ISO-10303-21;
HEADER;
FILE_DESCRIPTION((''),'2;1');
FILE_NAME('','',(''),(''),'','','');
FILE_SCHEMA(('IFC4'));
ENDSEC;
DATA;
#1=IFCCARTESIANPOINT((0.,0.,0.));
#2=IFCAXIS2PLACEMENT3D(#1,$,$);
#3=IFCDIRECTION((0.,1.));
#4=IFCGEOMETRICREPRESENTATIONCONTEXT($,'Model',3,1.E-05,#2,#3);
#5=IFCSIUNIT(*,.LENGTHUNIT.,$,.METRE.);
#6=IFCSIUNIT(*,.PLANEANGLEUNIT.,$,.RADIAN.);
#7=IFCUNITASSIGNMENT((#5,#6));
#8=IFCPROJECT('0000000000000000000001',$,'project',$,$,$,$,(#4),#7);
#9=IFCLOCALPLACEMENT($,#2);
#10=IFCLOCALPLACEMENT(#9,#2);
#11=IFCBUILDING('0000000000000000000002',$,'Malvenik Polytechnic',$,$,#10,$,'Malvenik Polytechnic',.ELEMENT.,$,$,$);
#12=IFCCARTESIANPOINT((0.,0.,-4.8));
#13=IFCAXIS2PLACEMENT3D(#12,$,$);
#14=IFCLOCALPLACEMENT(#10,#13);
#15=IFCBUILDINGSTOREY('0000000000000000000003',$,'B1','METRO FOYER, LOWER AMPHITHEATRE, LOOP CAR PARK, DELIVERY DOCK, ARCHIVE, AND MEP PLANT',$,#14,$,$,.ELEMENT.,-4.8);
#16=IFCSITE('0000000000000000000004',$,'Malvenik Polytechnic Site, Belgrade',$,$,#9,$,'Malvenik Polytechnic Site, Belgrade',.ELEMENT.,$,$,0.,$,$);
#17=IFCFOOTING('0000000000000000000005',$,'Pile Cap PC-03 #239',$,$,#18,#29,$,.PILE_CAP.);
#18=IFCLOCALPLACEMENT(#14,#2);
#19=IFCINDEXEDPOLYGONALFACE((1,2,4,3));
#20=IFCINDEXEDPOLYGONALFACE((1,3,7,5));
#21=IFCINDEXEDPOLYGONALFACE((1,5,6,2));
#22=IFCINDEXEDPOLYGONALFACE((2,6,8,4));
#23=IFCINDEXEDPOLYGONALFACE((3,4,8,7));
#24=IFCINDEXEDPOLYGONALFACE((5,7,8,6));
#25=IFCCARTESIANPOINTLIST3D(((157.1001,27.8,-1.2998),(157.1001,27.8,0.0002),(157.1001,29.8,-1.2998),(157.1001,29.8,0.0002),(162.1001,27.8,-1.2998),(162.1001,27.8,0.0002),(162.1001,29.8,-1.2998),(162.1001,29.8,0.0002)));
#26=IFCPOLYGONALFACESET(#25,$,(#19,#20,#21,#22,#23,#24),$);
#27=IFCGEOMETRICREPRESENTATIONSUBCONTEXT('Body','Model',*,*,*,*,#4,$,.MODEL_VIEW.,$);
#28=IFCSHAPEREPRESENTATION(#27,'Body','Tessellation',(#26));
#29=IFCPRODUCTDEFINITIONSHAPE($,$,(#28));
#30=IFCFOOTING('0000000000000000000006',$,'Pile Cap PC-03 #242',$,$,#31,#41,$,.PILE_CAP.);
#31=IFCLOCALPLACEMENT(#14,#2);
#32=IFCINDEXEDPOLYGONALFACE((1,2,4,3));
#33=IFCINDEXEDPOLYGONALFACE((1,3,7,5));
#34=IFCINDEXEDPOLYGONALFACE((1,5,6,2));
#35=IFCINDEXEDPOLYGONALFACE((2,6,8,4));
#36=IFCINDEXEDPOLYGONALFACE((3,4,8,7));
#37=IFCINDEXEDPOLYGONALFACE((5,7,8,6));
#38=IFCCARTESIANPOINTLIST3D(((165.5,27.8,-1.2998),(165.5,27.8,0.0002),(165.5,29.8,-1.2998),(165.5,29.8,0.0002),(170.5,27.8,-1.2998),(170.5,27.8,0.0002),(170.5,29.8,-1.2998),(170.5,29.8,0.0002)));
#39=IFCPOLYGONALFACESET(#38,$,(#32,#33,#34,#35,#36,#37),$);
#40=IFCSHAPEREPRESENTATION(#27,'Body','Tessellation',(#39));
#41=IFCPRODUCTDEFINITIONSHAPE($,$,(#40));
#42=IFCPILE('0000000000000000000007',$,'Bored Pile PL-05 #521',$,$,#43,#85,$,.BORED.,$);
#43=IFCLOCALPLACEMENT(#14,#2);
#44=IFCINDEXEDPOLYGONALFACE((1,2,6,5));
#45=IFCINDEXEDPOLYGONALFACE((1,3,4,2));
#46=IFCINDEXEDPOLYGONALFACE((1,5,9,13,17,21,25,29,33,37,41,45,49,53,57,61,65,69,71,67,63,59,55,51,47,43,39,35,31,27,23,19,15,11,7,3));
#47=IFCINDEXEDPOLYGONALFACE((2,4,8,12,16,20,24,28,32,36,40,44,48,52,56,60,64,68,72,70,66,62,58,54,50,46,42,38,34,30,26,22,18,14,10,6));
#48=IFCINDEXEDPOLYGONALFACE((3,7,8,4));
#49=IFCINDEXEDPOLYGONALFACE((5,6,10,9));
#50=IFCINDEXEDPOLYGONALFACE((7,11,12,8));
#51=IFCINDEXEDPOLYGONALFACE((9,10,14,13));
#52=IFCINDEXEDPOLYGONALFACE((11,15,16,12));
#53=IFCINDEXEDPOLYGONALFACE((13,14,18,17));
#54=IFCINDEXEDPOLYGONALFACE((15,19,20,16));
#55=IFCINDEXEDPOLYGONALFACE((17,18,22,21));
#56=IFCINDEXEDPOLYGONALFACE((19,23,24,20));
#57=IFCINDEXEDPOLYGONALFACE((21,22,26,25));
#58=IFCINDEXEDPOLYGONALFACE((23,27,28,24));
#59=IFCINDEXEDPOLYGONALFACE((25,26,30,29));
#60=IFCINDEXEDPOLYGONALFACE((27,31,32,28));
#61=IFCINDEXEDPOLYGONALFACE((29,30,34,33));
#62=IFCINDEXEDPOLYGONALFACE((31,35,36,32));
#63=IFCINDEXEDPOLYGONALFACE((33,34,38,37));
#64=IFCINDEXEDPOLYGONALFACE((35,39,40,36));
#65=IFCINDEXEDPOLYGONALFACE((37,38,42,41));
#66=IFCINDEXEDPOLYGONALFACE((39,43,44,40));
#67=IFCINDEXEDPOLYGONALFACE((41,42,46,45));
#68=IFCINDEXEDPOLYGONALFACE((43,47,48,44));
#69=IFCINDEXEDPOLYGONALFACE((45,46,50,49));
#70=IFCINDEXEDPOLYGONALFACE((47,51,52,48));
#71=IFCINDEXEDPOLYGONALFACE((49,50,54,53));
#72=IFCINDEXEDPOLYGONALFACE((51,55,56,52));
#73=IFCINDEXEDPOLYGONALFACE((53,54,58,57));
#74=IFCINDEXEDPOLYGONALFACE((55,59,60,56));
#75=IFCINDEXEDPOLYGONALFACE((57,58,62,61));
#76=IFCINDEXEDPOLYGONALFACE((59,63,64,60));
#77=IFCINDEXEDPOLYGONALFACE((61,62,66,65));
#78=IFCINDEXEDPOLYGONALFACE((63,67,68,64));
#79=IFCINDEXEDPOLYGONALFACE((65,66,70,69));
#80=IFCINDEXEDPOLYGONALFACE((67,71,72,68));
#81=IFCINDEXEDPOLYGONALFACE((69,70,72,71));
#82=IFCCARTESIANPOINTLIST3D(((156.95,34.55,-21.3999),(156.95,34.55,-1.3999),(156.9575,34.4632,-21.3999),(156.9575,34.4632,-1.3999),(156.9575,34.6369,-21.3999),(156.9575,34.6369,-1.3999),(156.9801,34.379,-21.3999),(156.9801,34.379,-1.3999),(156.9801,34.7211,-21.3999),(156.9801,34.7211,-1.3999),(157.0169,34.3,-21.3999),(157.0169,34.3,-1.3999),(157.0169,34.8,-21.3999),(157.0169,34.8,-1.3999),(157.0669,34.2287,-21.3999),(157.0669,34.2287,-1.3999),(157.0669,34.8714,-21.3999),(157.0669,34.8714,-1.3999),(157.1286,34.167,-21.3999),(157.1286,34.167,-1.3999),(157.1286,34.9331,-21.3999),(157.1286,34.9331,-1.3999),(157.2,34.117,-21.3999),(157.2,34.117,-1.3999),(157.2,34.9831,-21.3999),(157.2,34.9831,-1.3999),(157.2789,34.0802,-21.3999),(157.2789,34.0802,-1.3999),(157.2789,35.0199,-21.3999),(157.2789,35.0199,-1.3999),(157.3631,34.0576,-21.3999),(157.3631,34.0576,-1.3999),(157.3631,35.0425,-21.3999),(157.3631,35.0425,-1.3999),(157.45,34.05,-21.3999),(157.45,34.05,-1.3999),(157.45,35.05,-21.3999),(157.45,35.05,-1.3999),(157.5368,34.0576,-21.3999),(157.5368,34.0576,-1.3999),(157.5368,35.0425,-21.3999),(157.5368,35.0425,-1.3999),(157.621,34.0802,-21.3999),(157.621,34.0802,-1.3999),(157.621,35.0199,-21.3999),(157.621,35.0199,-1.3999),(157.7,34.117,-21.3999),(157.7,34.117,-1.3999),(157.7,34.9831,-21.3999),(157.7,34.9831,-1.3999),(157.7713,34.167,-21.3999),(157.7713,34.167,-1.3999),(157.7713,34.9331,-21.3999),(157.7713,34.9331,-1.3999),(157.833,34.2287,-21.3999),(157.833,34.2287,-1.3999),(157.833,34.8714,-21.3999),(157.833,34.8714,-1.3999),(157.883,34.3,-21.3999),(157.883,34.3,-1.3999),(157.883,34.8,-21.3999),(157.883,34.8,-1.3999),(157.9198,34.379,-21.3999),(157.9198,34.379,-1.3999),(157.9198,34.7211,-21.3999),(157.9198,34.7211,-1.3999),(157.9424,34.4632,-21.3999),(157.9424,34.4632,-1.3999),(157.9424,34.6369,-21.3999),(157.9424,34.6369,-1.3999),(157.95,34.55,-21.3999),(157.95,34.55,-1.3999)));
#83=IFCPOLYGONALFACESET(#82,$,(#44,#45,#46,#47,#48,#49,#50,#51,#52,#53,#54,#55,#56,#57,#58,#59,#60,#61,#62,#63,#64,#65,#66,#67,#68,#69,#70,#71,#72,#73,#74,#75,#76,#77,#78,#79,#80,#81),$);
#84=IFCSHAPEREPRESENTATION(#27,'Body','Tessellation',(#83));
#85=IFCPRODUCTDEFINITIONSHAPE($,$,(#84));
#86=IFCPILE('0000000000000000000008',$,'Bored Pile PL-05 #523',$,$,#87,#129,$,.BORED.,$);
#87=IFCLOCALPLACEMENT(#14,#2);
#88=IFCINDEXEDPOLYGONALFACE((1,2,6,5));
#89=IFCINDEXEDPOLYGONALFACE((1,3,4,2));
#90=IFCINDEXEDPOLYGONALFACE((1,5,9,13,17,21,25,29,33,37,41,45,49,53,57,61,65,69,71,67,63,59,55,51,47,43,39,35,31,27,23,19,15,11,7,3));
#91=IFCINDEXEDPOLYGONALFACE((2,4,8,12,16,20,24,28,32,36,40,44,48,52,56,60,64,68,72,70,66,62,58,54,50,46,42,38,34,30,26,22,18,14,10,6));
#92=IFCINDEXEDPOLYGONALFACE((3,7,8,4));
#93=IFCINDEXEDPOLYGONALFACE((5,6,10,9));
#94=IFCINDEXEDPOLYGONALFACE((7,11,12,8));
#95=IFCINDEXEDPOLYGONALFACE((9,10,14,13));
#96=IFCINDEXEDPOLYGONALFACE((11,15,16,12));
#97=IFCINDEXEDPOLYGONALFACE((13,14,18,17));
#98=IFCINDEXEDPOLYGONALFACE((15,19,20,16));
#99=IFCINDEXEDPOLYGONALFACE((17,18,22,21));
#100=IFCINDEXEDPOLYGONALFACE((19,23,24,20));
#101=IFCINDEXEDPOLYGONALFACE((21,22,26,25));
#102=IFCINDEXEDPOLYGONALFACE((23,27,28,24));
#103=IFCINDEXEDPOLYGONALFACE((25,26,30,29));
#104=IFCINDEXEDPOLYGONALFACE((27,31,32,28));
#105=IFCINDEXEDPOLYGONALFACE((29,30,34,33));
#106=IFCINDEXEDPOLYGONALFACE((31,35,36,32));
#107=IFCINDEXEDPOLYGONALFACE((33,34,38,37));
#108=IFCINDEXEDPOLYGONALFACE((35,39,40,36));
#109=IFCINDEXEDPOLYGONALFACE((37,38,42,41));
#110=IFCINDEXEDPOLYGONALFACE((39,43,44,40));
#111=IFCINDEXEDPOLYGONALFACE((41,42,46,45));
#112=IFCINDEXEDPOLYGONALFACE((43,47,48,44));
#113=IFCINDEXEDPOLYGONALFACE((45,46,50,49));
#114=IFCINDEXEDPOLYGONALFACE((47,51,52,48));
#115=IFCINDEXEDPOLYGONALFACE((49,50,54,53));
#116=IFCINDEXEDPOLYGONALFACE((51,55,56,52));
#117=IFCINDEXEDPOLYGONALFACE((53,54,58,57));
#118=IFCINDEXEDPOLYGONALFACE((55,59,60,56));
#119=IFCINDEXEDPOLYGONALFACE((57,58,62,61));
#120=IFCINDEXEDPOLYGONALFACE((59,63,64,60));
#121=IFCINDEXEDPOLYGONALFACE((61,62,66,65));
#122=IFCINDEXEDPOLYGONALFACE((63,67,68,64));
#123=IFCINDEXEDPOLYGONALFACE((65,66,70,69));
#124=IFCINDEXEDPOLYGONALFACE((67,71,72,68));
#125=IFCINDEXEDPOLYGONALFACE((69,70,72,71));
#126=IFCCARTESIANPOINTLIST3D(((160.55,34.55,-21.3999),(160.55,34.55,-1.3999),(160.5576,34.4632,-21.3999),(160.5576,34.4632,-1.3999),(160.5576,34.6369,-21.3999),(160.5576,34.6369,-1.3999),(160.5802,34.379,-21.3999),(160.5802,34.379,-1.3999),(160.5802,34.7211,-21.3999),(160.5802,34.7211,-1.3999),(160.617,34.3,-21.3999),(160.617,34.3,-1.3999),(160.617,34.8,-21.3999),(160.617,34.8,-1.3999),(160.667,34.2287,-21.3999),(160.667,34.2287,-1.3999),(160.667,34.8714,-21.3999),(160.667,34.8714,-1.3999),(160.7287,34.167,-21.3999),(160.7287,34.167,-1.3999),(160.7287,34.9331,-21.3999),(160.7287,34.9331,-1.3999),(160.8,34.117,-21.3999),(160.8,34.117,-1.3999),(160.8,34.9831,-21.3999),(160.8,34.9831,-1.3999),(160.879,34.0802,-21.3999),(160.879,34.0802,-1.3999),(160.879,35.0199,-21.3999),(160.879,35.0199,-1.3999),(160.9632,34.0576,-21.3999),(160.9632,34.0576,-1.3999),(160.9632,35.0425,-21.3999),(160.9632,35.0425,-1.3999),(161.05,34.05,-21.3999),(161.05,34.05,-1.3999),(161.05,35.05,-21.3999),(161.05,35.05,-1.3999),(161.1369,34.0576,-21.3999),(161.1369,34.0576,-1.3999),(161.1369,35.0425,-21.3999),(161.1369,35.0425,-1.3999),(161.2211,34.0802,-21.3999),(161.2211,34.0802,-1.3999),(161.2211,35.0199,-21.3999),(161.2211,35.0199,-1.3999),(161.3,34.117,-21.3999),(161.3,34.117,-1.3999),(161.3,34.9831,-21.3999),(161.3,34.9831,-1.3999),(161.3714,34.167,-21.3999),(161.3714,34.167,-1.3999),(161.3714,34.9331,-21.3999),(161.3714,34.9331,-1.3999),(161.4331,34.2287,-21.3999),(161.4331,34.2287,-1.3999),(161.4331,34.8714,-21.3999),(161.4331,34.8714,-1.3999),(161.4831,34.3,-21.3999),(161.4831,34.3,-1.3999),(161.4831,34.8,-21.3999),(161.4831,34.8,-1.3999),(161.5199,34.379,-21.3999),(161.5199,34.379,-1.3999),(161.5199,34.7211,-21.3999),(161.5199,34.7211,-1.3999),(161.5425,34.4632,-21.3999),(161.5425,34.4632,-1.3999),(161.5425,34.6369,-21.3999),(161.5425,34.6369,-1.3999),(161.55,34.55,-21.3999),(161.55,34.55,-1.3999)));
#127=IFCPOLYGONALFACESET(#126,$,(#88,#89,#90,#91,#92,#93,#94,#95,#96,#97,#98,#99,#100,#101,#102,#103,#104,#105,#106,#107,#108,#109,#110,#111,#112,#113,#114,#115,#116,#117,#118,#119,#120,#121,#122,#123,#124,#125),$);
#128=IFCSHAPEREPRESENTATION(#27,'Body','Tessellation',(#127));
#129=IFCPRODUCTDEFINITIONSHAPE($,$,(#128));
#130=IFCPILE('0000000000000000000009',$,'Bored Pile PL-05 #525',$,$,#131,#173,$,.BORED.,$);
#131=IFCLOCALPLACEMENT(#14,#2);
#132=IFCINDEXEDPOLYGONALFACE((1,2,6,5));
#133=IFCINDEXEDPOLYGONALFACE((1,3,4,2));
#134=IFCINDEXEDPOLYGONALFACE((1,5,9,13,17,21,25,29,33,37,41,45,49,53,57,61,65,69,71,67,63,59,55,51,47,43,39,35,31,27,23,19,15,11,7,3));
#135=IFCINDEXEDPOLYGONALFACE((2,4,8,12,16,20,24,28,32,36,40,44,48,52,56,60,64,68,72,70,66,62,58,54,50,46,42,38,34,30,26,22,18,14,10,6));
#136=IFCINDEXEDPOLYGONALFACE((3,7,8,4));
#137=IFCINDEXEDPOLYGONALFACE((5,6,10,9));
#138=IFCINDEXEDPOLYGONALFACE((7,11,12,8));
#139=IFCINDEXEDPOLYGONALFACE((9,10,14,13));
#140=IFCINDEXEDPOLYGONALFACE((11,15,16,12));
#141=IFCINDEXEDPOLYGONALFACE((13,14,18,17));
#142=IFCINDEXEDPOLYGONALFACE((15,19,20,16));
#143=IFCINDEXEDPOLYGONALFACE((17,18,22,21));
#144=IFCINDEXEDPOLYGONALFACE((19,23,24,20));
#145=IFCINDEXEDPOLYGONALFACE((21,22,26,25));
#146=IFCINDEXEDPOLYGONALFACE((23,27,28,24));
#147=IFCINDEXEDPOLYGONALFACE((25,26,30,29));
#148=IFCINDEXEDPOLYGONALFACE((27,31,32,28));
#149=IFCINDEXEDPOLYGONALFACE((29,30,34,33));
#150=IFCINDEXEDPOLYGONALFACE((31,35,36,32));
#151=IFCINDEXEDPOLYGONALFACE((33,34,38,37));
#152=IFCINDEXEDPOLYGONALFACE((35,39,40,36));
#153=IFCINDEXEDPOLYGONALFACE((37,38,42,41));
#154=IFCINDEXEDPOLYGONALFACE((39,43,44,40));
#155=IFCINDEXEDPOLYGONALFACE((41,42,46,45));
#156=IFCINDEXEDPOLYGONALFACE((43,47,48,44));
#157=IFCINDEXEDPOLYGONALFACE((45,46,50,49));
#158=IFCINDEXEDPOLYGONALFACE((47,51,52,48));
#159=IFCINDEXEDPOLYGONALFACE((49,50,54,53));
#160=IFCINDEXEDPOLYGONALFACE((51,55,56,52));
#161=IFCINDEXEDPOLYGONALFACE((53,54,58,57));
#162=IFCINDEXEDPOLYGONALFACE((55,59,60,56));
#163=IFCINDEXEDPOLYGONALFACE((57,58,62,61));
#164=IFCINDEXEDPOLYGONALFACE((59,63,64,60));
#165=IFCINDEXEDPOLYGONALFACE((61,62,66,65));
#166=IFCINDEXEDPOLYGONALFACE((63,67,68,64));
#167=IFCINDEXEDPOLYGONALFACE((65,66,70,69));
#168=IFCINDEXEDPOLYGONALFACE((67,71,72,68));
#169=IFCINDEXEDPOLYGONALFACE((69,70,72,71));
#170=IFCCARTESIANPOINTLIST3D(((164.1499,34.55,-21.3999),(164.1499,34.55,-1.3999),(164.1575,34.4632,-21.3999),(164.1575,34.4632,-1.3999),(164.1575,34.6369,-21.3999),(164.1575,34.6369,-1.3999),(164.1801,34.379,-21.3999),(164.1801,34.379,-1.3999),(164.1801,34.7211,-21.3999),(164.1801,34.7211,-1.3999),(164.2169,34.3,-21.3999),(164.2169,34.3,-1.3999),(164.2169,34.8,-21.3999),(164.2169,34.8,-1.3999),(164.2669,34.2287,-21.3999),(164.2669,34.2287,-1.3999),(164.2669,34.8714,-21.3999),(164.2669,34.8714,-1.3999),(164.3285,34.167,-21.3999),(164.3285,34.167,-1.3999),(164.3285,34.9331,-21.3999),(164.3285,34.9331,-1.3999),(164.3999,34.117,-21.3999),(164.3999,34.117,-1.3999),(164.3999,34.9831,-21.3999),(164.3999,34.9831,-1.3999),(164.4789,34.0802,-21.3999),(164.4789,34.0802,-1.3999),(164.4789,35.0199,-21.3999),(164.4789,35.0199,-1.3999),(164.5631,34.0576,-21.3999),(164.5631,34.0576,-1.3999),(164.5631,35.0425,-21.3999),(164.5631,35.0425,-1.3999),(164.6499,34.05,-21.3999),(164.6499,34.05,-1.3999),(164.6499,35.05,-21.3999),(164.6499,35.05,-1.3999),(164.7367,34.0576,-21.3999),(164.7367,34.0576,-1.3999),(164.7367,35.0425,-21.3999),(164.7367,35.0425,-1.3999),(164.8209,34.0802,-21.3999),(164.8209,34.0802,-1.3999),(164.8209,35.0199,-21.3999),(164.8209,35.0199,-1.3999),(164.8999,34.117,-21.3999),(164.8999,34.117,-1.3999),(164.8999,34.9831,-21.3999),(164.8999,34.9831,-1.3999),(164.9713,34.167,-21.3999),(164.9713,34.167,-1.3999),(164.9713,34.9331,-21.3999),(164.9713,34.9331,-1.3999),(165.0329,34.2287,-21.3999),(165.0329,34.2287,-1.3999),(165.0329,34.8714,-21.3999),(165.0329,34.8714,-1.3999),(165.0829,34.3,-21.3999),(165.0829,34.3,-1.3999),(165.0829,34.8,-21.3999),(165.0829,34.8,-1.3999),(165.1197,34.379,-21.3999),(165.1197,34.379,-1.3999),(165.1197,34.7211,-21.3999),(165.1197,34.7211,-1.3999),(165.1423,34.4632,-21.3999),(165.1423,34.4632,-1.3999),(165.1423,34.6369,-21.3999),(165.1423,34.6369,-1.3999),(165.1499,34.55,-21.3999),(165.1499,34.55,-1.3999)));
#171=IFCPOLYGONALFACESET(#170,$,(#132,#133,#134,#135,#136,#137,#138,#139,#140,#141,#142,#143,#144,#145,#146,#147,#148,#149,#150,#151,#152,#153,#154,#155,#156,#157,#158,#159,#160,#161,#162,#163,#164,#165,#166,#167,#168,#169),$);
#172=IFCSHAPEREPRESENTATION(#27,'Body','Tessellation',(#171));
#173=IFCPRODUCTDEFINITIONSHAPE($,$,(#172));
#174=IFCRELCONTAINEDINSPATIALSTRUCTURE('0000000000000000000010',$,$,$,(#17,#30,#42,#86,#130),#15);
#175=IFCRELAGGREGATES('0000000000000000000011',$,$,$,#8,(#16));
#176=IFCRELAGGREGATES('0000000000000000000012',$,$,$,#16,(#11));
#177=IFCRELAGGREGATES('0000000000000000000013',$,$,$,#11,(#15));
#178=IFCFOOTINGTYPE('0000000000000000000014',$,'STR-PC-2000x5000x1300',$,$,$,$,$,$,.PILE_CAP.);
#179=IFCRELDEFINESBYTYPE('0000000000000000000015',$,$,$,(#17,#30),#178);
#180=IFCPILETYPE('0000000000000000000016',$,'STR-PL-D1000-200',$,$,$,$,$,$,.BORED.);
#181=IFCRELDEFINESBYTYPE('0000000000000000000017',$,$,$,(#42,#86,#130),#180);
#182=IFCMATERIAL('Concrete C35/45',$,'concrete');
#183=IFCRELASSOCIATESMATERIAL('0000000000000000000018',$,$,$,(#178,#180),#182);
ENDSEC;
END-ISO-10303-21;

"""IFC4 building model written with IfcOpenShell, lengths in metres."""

from ifc_helpers import new_model, si_unit, direction, frame, origin, origin_2d, place, context, subcontext, project, spatial, rectangle, circle, extrude, material, material_profile, profile_set, type_object, element, save


model = new_model("IFC4")

# Units and contexts
model_context = context("Model", 3, precision=1e-05, world=origin(), true_north=direction((0.0, 1.0)))
body_context = subcontext(model_context, "Body", "Model", "MODEL_VIEW")
ifc_project = project(units=[si_unit("LENGTHUNIT", "METRE"), si_unit("PLANEANGLEUNIT", "RADIAN")], contexts=[model_context])

# Site, building, storey
site_placement = place(None, origin())
site = spatial("IfcSite", under=ifc_project, at=site_placement, Name="Malvenik Polytechnic Site, Belgrade", LongName="Malvenik Polytechnic Site, Belgrade", CompositionType="ELEMENT", RefElevation=0.0)
building_placement = place(site_placement, origin())
building = spatial("IfcBuilding", under=site, at=building_placement, Name="Malvenik Polytechnic", LongName="Malvenik Polytechnic", CompositionType="ELEMENT")
storey_placement = place(building_placement, frame((0.0, 0.0, -4.8)))
storey = spatial("IfcBuildingStorey", under=building, at=storey_placement, Name="B1", Description="METRO FOYER, LOWER AMPHITHEATRE, LOOP CAR PARK, DELIVERY DOCK, ARCHIVE, AND MEP PLANT", CompositionType="ELEMENT", Elevation=-4.8)

# Footings
ifc_material_1 = material(Name="Concrete C35/45", Category="concrete")
footing_type = type_object("IfcFootingType", Name="STR-PC-2000x5000x1300", PredefinedType="PILE_CAP", material=ifc_material_1)
for number, where, z_axis, x_axis, name in (
    (1, (159.6001, 28.8, -1.2998), (0.0, 0.0, 1.0), (1.0, 0.0, 0.0), "Pile Cap PC-03 #239"),
    (2, (168.0, 28.8, -1.2998), (0.0, 0.0, 1.0), (1.0, 0.0, 0.0), "Pile Cap PC-03 #242"),
):
    element("IfcFooting", number, at=place(storey_placement, frame(where, z_axis=z_axis, x_axis=x_axis)), inside=storey, type_object=footing_type, Name=name, PredefinedType="PILE_CAP", context=body_context, shape_type="SweptSolid", body=[
        extrude(rectangle(XDim=5.0, YDim=2.0, at=origin_2d()), origin(), (0.0, 0.0, 1.0), 1.3),
    ])

# Piles
ifc_material_profile_1 = material_profile(ifc_material_1, circle(Radius=0.5, at=origin_2d()), Name="BORED PILE D1000")
ifc_profile_set_1 = profile_set([ifc_material_profile_1], Name="Concrete C35/45")
pile_type_1 = type_object("IfcPileType", Name="STR-PL-D1000-200", PredefinedType="BORED", material=ifc_profile_set_1)
for number, where, z_axis, x_axis, name in (
    (3, (157.45, 34.55, -1.3999), (0.0, 0.0, -1.0), (1.0, 0.0, 0.0), "Bored Pile PL-05 #521"),
    (4, (161.05, 34.55, -1.3999), (0.0, 0.0, -1.0), (1.0, 0.0, 0.0), "Bored Pile PL-05 #523"),
    (5, (164.6499, 34.55, -1.3999), (0.0, 0.0, -1.0), (1.0, 0.0, 0.0), "Bored Pile PL-05 #525"),
):
    element("IfcPile", number, at=place(storey_placement, frame(where, z_axis=z_axis, x_axis=x_axis)), inside=storey, type_object=pile_type_1, Name=name, PredefinedType="BORED", context=body_context, shape_type="SweptSolid", body=[
        extrude(circle(Radius=0.5, at=origin_2d()), origin(), (0.0, 0.0, 1.0), 20.0),
    ])

save(model, "model.ifc")
